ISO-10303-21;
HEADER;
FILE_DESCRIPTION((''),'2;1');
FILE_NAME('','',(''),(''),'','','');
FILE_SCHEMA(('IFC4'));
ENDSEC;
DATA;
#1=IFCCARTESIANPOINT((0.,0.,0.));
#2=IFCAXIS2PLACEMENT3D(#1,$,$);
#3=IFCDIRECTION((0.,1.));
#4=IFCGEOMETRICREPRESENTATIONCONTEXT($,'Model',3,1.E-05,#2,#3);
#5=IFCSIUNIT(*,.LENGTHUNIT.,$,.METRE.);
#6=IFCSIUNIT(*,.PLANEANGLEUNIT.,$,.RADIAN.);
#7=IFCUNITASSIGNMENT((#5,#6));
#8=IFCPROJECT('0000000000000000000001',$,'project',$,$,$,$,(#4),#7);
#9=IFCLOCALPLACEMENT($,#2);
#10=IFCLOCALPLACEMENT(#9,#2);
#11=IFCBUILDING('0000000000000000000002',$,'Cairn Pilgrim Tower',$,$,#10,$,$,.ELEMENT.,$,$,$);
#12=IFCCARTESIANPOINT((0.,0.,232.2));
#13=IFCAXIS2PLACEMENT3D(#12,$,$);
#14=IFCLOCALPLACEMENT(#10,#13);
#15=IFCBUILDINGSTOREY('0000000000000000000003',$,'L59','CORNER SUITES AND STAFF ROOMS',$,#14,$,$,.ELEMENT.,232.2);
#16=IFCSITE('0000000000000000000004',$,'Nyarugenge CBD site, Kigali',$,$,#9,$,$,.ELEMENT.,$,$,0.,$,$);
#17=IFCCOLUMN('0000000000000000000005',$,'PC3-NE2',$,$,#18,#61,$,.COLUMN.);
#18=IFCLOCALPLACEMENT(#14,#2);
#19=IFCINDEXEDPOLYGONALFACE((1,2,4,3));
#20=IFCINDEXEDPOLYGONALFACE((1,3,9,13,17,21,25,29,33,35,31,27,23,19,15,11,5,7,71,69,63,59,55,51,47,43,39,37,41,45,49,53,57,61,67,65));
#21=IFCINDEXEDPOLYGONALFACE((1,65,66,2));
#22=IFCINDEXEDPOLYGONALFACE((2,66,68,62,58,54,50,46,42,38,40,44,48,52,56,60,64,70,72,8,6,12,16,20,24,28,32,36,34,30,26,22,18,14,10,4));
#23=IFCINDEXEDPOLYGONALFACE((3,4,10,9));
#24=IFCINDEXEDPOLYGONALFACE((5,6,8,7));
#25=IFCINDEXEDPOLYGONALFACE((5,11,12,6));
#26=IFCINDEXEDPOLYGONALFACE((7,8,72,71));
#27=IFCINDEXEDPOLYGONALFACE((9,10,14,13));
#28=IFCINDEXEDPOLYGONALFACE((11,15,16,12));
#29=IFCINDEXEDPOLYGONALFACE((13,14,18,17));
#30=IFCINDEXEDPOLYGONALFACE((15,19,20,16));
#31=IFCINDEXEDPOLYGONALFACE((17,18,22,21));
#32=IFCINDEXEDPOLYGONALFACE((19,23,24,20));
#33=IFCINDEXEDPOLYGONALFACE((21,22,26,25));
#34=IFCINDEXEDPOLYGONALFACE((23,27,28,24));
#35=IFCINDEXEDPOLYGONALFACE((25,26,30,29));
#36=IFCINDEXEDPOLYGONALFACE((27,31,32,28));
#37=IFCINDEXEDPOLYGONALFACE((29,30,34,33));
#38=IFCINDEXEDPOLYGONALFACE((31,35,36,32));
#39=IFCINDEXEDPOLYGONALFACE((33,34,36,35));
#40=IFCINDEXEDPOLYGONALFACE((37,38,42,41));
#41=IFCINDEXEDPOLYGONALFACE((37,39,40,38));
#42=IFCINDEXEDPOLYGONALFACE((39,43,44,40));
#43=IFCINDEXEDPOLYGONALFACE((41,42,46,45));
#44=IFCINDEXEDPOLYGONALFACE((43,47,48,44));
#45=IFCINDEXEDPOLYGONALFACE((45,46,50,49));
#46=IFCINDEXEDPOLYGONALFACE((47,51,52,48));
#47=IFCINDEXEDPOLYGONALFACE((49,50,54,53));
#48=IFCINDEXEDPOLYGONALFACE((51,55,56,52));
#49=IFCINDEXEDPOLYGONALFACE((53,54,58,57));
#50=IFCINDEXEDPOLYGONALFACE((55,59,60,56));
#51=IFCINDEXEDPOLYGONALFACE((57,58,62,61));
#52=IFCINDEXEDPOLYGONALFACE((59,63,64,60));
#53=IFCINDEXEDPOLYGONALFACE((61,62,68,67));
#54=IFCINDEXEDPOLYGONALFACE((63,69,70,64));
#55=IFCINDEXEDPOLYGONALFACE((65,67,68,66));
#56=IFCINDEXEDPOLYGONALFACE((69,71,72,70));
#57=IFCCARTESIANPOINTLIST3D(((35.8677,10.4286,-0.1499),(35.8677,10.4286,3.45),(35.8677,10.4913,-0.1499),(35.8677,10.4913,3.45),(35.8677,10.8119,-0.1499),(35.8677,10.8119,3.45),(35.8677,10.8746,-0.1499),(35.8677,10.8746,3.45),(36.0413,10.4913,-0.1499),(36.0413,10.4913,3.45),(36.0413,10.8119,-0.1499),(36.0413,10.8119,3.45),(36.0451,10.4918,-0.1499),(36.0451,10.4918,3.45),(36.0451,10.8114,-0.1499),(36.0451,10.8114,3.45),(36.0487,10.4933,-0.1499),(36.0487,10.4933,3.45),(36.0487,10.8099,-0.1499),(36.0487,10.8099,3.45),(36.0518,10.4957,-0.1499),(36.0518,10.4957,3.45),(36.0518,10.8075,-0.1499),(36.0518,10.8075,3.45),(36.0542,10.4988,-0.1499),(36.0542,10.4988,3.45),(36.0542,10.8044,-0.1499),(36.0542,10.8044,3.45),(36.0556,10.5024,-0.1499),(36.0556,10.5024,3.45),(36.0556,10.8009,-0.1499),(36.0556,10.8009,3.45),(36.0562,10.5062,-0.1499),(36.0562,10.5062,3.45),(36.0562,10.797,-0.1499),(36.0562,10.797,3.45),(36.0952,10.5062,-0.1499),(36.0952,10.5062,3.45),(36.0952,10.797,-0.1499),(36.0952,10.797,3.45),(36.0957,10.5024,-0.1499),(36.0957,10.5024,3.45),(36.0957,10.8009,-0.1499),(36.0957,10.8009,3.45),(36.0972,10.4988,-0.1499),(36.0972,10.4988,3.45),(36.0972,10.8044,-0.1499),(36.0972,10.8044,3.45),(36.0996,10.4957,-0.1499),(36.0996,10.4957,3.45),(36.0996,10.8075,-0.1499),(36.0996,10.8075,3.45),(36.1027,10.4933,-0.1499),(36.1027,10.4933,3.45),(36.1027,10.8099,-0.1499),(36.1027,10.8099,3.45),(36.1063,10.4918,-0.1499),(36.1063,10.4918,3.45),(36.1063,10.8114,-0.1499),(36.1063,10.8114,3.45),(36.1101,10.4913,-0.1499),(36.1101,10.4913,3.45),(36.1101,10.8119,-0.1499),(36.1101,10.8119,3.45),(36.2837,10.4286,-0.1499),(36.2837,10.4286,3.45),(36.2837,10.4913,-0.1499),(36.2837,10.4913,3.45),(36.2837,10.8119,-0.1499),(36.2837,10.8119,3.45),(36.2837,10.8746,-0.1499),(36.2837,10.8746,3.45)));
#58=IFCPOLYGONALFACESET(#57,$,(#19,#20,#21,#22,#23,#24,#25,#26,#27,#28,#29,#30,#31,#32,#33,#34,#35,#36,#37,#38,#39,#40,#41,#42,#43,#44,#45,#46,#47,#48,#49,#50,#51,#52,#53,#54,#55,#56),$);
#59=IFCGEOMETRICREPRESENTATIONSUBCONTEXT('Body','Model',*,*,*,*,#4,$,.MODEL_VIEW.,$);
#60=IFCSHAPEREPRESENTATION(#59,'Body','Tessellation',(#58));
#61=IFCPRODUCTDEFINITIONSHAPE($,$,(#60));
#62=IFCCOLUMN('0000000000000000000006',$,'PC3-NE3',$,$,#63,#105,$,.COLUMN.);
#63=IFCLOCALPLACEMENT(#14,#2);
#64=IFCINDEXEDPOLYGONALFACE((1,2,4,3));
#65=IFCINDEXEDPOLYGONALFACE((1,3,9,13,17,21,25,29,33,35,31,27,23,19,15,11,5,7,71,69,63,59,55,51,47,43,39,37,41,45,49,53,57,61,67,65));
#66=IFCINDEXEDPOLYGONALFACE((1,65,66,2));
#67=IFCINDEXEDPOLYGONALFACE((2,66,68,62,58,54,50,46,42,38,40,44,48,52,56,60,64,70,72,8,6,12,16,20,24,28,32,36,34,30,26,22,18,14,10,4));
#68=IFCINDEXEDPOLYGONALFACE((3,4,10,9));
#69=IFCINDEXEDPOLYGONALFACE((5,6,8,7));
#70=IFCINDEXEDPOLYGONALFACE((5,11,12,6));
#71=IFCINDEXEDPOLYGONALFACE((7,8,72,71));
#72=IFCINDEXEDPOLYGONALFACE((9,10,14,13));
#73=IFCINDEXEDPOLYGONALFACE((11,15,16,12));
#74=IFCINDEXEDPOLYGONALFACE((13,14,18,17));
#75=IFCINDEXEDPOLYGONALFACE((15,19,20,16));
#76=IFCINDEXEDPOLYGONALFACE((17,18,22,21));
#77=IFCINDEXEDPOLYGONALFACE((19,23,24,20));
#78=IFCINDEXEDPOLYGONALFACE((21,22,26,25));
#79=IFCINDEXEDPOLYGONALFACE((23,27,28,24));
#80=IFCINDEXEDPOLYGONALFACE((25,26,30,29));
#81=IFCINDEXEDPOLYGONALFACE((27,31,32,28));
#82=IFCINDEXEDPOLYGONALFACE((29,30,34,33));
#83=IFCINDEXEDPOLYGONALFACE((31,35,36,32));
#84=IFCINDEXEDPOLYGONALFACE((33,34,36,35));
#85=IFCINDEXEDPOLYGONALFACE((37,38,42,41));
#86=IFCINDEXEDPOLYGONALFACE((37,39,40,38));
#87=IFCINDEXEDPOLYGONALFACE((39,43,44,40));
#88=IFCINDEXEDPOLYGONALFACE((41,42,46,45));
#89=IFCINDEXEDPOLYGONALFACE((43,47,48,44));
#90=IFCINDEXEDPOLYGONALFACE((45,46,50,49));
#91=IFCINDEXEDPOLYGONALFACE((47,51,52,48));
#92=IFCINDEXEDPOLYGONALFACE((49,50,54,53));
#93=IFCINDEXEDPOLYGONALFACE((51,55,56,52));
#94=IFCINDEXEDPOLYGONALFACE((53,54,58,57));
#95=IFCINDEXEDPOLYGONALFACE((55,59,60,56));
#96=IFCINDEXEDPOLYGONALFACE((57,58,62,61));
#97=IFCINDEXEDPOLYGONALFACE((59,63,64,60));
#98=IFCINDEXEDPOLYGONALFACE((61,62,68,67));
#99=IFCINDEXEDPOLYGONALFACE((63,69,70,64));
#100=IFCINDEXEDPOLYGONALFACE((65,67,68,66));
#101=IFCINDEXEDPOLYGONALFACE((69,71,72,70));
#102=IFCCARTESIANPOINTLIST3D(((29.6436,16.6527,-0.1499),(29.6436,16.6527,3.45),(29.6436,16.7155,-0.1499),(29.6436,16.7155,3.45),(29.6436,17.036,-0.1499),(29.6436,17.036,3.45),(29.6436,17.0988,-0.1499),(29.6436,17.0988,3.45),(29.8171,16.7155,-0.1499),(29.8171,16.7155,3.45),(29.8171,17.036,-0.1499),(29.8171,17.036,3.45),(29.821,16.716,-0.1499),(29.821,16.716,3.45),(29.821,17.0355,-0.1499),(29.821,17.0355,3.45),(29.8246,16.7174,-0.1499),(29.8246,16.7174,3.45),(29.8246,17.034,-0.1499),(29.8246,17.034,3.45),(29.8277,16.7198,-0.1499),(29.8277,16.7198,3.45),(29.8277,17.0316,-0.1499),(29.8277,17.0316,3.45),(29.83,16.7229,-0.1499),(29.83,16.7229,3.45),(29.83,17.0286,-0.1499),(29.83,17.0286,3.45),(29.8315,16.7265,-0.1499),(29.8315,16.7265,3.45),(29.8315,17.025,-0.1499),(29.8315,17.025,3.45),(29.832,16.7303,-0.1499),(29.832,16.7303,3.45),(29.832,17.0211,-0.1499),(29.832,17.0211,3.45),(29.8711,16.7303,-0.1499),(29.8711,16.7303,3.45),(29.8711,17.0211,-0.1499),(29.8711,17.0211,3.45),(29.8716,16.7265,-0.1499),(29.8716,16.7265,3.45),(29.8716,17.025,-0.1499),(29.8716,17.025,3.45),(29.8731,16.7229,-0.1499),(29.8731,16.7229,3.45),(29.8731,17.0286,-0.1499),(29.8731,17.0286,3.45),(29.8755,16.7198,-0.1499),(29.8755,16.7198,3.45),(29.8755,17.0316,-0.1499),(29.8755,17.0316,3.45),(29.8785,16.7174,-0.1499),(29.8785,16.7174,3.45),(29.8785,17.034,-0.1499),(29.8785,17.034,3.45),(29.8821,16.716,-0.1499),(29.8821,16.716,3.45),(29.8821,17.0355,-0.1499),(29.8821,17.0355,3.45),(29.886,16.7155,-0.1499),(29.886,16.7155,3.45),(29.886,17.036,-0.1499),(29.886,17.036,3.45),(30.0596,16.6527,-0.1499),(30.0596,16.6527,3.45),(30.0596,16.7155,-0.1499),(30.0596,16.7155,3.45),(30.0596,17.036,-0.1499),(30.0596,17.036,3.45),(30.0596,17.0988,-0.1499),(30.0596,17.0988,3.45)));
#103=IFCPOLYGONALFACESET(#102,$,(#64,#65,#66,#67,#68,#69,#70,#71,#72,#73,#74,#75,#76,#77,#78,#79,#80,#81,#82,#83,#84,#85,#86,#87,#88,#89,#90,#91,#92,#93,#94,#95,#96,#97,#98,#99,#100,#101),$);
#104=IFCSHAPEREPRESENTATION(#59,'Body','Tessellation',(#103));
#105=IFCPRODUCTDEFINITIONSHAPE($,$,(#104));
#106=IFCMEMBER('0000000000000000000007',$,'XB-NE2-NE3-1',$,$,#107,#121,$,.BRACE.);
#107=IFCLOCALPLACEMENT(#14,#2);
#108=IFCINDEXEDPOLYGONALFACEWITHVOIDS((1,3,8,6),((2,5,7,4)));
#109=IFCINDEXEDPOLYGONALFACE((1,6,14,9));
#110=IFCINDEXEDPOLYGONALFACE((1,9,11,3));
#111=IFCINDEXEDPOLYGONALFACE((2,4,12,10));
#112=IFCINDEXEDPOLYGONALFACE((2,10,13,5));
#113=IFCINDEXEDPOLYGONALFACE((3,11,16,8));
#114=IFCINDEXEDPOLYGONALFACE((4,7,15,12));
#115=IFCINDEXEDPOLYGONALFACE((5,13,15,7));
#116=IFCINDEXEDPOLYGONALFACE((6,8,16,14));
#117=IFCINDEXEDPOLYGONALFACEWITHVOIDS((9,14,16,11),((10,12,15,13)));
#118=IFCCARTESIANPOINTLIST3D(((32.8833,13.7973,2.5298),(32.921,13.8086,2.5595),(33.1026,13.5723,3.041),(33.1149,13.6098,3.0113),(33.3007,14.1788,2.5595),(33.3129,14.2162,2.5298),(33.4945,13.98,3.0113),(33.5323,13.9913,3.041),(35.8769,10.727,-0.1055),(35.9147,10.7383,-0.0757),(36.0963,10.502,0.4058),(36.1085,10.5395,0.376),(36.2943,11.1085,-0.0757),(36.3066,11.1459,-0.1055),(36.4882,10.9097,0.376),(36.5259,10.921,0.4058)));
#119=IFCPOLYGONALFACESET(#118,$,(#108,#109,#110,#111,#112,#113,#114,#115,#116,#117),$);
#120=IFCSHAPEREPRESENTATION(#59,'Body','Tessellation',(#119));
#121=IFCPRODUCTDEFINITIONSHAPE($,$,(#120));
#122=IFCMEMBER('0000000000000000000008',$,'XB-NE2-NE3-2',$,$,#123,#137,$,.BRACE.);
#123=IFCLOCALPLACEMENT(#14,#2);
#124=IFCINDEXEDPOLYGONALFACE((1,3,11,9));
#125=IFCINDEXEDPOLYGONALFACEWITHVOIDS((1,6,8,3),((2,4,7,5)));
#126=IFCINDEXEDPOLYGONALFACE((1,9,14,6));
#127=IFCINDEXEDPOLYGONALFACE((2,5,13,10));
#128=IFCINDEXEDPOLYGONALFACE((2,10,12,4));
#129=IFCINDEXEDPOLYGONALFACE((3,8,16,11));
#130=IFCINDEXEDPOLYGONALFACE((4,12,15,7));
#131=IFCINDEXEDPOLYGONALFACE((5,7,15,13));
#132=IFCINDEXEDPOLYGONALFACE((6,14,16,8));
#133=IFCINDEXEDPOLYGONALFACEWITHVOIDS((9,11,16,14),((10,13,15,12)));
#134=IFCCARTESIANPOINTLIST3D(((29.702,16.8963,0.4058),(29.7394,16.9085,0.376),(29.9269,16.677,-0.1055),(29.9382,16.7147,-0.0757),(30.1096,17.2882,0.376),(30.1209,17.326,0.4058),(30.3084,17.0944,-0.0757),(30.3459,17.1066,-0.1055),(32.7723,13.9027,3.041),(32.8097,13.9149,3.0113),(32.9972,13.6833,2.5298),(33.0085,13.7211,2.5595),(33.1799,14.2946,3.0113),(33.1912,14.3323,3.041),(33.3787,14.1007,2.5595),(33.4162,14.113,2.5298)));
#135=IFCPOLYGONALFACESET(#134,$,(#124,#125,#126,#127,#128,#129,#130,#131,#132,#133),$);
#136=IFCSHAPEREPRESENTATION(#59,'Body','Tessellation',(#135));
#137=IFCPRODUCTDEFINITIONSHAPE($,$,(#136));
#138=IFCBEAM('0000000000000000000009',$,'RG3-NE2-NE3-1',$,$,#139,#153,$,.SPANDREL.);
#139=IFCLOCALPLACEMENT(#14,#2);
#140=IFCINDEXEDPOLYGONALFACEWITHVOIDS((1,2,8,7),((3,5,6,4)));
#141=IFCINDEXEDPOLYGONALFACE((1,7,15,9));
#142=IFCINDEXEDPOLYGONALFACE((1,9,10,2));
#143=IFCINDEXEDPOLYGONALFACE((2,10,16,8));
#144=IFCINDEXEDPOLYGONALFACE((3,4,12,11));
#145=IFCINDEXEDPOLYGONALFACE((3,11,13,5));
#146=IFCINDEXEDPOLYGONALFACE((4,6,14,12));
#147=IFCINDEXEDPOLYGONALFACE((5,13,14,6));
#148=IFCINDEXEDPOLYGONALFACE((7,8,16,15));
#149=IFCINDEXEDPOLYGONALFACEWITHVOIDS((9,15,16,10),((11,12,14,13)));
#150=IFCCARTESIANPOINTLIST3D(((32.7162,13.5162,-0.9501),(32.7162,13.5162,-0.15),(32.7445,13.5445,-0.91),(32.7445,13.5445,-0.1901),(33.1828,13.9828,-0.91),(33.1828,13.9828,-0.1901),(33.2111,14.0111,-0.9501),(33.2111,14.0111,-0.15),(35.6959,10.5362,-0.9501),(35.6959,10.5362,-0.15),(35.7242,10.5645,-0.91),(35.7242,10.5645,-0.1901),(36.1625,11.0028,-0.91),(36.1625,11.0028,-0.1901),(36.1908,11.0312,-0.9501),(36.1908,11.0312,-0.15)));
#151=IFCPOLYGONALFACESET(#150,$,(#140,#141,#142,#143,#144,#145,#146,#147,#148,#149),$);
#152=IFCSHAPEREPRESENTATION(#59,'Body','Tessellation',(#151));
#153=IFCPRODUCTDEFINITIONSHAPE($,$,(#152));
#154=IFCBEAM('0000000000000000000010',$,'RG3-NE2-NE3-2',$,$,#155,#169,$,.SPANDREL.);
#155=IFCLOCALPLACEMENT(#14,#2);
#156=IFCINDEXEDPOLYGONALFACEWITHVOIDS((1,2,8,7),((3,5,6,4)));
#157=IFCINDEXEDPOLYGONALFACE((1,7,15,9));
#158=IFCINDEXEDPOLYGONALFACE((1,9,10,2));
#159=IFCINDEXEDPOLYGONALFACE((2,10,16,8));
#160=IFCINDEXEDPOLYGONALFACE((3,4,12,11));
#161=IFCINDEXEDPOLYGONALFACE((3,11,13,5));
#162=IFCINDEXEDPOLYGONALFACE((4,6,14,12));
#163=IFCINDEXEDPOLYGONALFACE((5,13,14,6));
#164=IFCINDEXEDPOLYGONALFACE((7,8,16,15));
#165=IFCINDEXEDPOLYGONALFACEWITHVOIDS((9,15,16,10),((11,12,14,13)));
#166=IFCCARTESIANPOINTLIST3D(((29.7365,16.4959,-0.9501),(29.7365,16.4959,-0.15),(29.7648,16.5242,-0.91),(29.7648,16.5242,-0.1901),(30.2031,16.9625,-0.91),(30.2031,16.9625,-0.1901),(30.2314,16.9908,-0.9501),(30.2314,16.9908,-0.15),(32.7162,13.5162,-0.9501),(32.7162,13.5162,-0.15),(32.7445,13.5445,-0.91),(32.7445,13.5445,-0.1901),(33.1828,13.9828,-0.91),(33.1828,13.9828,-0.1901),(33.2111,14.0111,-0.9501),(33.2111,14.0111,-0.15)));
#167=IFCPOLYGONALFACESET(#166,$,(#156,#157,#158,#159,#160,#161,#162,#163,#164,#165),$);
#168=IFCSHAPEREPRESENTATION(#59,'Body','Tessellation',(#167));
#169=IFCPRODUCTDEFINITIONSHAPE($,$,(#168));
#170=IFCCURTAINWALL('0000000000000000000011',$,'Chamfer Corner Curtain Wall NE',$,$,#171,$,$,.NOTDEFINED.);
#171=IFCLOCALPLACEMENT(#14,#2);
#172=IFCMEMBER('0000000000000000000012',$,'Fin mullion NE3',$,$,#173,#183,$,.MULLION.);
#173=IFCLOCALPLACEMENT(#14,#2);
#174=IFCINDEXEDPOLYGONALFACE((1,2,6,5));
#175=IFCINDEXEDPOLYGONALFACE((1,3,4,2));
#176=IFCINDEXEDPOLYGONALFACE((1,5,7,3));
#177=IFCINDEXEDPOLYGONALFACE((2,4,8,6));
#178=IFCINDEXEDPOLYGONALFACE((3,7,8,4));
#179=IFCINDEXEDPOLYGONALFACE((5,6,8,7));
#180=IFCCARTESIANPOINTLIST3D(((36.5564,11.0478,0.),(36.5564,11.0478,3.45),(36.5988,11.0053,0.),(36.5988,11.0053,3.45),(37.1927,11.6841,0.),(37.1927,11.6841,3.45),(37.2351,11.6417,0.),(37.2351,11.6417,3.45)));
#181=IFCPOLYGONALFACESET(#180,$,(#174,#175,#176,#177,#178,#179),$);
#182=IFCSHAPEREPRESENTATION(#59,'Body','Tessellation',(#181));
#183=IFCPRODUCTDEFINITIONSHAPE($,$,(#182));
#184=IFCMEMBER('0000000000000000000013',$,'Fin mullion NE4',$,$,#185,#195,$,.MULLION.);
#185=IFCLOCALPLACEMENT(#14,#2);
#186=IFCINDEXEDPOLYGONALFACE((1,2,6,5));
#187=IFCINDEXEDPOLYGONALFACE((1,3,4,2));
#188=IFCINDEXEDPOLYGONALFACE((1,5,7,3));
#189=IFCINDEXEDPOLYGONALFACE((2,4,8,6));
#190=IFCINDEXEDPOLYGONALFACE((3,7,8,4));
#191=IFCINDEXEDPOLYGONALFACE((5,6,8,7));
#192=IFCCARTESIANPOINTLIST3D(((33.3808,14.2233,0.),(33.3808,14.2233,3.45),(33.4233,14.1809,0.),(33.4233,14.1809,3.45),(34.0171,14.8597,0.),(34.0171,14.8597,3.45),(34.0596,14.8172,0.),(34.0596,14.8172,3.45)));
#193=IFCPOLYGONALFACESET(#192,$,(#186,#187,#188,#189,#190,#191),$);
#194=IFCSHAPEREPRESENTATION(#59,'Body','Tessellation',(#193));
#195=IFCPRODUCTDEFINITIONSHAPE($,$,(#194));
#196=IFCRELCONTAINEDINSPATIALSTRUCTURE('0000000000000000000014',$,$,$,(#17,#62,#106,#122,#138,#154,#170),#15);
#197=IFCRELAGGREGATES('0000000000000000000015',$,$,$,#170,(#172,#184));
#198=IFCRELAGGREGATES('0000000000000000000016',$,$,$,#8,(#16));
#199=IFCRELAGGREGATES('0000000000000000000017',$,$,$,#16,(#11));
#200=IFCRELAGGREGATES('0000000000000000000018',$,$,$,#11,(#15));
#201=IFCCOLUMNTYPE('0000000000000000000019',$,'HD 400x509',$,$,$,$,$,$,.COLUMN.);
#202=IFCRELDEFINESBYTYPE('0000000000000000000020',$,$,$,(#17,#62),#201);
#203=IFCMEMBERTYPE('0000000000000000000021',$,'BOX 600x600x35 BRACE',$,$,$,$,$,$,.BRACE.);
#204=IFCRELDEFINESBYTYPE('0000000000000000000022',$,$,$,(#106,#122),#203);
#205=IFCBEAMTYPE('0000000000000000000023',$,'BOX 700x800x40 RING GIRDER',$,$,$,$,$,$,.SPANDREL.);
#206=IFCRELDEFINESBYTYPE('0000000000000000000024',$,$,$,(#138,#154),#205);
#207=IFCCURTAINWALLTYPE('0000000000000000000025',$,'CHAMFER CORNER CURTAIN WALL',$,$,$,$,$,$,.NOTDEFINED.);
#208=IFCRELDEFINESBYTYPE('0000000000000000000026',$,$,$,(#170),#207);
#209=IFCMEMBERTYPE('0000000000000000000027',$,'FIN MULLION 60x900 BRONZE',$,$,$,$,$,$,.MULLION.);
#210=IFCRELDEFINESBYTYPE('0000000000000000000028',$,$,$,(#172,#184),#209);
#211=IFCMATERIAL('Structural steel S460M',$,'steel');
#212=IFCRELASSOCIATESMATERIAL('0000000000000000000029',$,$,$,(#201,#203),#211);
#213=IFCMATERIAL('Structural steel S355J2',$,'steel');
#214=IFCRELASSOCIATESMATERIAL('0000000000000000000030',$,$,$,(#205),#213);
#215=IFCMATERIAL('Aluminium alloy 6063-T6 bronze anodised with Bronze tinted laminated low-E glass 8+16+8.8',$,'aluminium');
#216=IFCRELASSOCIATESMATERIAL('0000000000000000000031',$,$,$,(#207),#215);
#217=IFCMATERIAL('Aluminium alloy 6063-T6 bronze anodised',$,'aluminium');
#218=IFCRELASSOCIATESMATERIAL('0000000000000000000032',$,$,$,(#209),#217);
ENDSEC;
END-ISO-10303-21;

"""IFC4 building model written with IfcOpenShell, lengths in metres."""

from ifc_helpers import new_model, si_unit, direction, frame, origin, origin_2d, place, context, subcontext, project, spatial, rectangle, hollow_rectangle, i_section, extrude, material, material_profile, profile_set, type_object, element, aggregate, save


model = new_model("IFC4")

# Units and contexts
model_context = context("Model", 3, precision=1e-05, world=origin(), true_north=direction((0.0, 1.0)))
body_context = subcontext(model_context, "Body", "Model", "MODEL_VIEW")
ifc_project = project(units=[si_unit("LENGTHUNIT", "METRE"), si_unit("PLANEANGLEUNIT", "RADIAN")], contexts=[model_context])

# Site, building, storey
site_placement = place(None, origin())
site = spatial("IfcSite", under=ifc_project, at=site_placement, Name="Nyarugenge CBD site, Kigali", CompositionType="ELEMENT", RefElevation=0.0)
building_placement = place(site_placement, origin())
building = spatial("IfcBuilding", under=site, at=building_placement, Name="Cairn Pilgrim Tower", CompositionType="ELEMENT")
storey_placement = place(building_placement, frame((0.0, 0.0, 232.2)))
storey = spatial("IfcBuildingStorey", under=building, at=storey_placement, Name="L59", Description="CORNER SUITES AND STAFF ROOMS", CompositionType="ELEMENT", Elevation=232.2)

# Columns
ifc_material_1 = material(Name="Structural steel S460M", Category="steel")
ifc_material_profile_1 = material_profile(ifc_material_1, i_section(OverallWidth=0.416, OverallDepth=0.446, WebThickness=0.0391, FlangeThickness=0.0627, FilletRadius=0.0149, at=origin_2d()), Name="HD 400x509")
ifc_profile_set_1 = profile_set([ifc_material_profile_1], Name="Structural steel S460M")
column_type = type_object("IfcColumnType", Name="HD 400x509", PredefinedType="COLUMN", material=ifc_profile_set_1)
for number, where, z_axis, x_axis, name in (
    (1, (36.0757, 10.6516, -0.1499), (0.0, 0.0, 1.0), (1.0, 0.0, 0.0), "PC3-NE2"),
    (2, (29.8516, 16.8757, -0.1499), (0.0, 0.0, 1.0), (1.0, 0.0, 0.0), "PC3-NE3"),
):
    element("IfcColumn", number, at=place(storey_placement, frame(where, z_axis=z_axis, x_axis=x_axis)), inside=storey, type_object=column_type, Name=name, PredefinedType="COLUMN", context=body_context, shape_type="SweptSolid", body=[
        extrude(i_section(OverallWidth=0.416, OverallDepth=0.446, WebThickness=0.0391, FlangeThickness=0.0627, FilletRadius=0.0149, at=origin_2d()), origin(), (0.0, 0.0, 1.0), 3.5999),
    ])

# Members
ifc_material_profile_2 = material_profile(ifc_material_1, hollow_rectangle(XDim=0.6001, YDim=0.6001, WallThickness=0.0349, at=origin_2d()), Name="BOX 600x600x35")
ifc_profile_set_2 = profile_set([ifc_material_profile_2], Name="Structural steel S460M")
member_type_1 = type_object("IfcMemberType", Name="BOX 600x600x35 BRACE", PredefinedType="BRACE", material=ifc_profile_set_2)
for number, where, z_axis, x_axis, name in (
    (3, (36.2014, 10.824, 0.1501), (-0.594778, 0.610009, 0.523572), (-0.715989, -0.698112, 0.0), "XB-NE2-NE3-1"),
    (4, (30.0239, 17.0015, 0.1501), (0.610009, -0.594778, 0.523572), (0.698112, 0.715989, 0.0), "XB-NE2-NE3-2"),
):
    element("IfcMember", number, at=place(storey_placement, frame(where, z_axis=z_axis, x_axis=x_axis)), inside=storey, type_object=member_type_1, Name=name, PredefinedType="BRACE", context=body_context, shape_type="SweptSolid", body=[
        extrude(hollow_rectangle(XDim=0.6001, YDim=0.6001, WallThickness=0.0349, at=origin_2d()), origin(), (0.0, 0.0, 1.0), 5.0332),
    ])

# Beams
ifc_material_2 = material(Name="Structural steel S355J2", Category="steel")
ifc_material_profile_3 = material_profile(ifc_material_2, hollow_rectangle(XDim=0.7, YDim=0.8, WallThickness=0.04, at=origin_2d()), Name="BOX 700x800x40")
ifc_profile_set_3 = profile_set([ifc_material_profile_3], Name="Structural steel S355J2")
beam_type_1 = type_object("IfcBeamType", Name="BOX 700x800x40 RING GIRDER", PredefinedType="SPANDREL", material=ifc_profile_set_3)
beam_1_placement = place(storey_placement, frame((35.9434, 10.7837, -0.55), z_axis=(-0.707078, 0.707136, 0.0), x_axis=(-0.707136, -0.707078, 0.0)))
element("IfcBeam", 5, at=beam_1_placement, inside=storey, type_object=beam_type_1, Name="RG3-NE2-NE3-1", PredefinedType="SPANDREL", context=body_context, shape_type="SweptSolid", body=[
    extrude(hollow_rectangle(XDim=0.7, YDim=0.8, WallThickness=0.04, at=origin_2d()), origin(), (0.0, 0.0, 1.0), 4.2141),
])
beam_2_placement = place(storey_placement, frame((32.9636, 13.7637, -0.55), z_axis=(-0.707107, 0.707107, 0.0), x_axis=(-0.707107, -0.707107, 0.0)))
element("IfcBeam", 6, at=beam_2_placement, inside=storey, type_object=beam_type_1, Name="RG3-NE2-NE3-2", PredefinedType="SPANDREL", context=body_context, shape_type="SweptSolid", body=[
    extrude(hollow_rectangle(XDim=0.7, YDim=0.8, WallThickness=0.04, at=origin_2d()), origin(), (0.0, 0.0, 1.0), 4.2139),
])

# Curtain wall, members
ifc_material_3 = material(Name="Aluminium alloy 6063-T6 bronze anodised with Bronze tinted laminated low-E glass 8+16+8.8", Category="aluminium")
curtain_wall_type = type_object("IfcCurtainWallType", Name="CHAMFER CORNER CURTAIN WALL", PredefinedType="NOTDEFINED", material=ifc_material_3)
curtain_wall_placement = place(storey_placement, origin())
curtain_wall = element("IfcCurtainWall", 7, at=curtain_wall_placement, inside=storey, type_object=curtain_wall_type, Name="Chamfer Corner Curtain Wall NE", PredefinedType="NOTDEFINED")
ifc_material_4 = material(Name="Aluminium alloy 6063-T6 bronze anodised", Category="aluminium")
ifc_material_profile_4 = material_profile(ifc_material_4, rectangle(XDim=0.8999, YDim=0.0601, at=origin_2d()), Name="FIN MULLION 60x900 BRONZE")
ifc_profile_set_4 = profile_set([ifc_material_profile_4], Name="Aluminium alloy 6063-T6 bronze anodised")
member_type_2 = type_object("IfcMemberType", Name="FIN MULLION 60x900 BRONZE", PredefinedType="MULLION", material=ifc_profile_set_4)
member_1_placement = place(storey_placement, frame((36.8958, 11.3447, 0.0), z_axis=(0.0, 0.0, 1.0), x_axis=(0.707107, 0.707107, 0.0)))
member_1 = element("IfcMember", 8, at=member_1_placement, type_object=member_type_2, Name="Fin mullion NE3", PredefinedType="MULLION", context=body_context, shape_type="SweptSolid", body=[
    extrude(rectangle(XDim=0.8999, YDim=0.0601, at=origin_2d()), origin(), (0.0, 0.0, 1.0), 3.45),
])
member_2_placement = place(storey_placement, frame((33.7202, 14.5203, 0.0), z_axis=(0.0, 0.0, 1.0), x_axis=(0.707107, 0.707107, 0.0)))
member_2 = element("IfcMember", 9, at=member_2_placement, type_object=member_type_2, Name="Fin mullion NE4", PredefinedType="MULLION", context=body_context, shape_type="SweptSolid", body=[
    extrude(rectangle(XDim=0.8999, YDim=0.0601, at=origin_2d()), origin(), (0.0, 0.0, 1.0), 3.45),
])

aggregate(curtain_wall, [member_1, member_2])

save(model, "model.ifc")
